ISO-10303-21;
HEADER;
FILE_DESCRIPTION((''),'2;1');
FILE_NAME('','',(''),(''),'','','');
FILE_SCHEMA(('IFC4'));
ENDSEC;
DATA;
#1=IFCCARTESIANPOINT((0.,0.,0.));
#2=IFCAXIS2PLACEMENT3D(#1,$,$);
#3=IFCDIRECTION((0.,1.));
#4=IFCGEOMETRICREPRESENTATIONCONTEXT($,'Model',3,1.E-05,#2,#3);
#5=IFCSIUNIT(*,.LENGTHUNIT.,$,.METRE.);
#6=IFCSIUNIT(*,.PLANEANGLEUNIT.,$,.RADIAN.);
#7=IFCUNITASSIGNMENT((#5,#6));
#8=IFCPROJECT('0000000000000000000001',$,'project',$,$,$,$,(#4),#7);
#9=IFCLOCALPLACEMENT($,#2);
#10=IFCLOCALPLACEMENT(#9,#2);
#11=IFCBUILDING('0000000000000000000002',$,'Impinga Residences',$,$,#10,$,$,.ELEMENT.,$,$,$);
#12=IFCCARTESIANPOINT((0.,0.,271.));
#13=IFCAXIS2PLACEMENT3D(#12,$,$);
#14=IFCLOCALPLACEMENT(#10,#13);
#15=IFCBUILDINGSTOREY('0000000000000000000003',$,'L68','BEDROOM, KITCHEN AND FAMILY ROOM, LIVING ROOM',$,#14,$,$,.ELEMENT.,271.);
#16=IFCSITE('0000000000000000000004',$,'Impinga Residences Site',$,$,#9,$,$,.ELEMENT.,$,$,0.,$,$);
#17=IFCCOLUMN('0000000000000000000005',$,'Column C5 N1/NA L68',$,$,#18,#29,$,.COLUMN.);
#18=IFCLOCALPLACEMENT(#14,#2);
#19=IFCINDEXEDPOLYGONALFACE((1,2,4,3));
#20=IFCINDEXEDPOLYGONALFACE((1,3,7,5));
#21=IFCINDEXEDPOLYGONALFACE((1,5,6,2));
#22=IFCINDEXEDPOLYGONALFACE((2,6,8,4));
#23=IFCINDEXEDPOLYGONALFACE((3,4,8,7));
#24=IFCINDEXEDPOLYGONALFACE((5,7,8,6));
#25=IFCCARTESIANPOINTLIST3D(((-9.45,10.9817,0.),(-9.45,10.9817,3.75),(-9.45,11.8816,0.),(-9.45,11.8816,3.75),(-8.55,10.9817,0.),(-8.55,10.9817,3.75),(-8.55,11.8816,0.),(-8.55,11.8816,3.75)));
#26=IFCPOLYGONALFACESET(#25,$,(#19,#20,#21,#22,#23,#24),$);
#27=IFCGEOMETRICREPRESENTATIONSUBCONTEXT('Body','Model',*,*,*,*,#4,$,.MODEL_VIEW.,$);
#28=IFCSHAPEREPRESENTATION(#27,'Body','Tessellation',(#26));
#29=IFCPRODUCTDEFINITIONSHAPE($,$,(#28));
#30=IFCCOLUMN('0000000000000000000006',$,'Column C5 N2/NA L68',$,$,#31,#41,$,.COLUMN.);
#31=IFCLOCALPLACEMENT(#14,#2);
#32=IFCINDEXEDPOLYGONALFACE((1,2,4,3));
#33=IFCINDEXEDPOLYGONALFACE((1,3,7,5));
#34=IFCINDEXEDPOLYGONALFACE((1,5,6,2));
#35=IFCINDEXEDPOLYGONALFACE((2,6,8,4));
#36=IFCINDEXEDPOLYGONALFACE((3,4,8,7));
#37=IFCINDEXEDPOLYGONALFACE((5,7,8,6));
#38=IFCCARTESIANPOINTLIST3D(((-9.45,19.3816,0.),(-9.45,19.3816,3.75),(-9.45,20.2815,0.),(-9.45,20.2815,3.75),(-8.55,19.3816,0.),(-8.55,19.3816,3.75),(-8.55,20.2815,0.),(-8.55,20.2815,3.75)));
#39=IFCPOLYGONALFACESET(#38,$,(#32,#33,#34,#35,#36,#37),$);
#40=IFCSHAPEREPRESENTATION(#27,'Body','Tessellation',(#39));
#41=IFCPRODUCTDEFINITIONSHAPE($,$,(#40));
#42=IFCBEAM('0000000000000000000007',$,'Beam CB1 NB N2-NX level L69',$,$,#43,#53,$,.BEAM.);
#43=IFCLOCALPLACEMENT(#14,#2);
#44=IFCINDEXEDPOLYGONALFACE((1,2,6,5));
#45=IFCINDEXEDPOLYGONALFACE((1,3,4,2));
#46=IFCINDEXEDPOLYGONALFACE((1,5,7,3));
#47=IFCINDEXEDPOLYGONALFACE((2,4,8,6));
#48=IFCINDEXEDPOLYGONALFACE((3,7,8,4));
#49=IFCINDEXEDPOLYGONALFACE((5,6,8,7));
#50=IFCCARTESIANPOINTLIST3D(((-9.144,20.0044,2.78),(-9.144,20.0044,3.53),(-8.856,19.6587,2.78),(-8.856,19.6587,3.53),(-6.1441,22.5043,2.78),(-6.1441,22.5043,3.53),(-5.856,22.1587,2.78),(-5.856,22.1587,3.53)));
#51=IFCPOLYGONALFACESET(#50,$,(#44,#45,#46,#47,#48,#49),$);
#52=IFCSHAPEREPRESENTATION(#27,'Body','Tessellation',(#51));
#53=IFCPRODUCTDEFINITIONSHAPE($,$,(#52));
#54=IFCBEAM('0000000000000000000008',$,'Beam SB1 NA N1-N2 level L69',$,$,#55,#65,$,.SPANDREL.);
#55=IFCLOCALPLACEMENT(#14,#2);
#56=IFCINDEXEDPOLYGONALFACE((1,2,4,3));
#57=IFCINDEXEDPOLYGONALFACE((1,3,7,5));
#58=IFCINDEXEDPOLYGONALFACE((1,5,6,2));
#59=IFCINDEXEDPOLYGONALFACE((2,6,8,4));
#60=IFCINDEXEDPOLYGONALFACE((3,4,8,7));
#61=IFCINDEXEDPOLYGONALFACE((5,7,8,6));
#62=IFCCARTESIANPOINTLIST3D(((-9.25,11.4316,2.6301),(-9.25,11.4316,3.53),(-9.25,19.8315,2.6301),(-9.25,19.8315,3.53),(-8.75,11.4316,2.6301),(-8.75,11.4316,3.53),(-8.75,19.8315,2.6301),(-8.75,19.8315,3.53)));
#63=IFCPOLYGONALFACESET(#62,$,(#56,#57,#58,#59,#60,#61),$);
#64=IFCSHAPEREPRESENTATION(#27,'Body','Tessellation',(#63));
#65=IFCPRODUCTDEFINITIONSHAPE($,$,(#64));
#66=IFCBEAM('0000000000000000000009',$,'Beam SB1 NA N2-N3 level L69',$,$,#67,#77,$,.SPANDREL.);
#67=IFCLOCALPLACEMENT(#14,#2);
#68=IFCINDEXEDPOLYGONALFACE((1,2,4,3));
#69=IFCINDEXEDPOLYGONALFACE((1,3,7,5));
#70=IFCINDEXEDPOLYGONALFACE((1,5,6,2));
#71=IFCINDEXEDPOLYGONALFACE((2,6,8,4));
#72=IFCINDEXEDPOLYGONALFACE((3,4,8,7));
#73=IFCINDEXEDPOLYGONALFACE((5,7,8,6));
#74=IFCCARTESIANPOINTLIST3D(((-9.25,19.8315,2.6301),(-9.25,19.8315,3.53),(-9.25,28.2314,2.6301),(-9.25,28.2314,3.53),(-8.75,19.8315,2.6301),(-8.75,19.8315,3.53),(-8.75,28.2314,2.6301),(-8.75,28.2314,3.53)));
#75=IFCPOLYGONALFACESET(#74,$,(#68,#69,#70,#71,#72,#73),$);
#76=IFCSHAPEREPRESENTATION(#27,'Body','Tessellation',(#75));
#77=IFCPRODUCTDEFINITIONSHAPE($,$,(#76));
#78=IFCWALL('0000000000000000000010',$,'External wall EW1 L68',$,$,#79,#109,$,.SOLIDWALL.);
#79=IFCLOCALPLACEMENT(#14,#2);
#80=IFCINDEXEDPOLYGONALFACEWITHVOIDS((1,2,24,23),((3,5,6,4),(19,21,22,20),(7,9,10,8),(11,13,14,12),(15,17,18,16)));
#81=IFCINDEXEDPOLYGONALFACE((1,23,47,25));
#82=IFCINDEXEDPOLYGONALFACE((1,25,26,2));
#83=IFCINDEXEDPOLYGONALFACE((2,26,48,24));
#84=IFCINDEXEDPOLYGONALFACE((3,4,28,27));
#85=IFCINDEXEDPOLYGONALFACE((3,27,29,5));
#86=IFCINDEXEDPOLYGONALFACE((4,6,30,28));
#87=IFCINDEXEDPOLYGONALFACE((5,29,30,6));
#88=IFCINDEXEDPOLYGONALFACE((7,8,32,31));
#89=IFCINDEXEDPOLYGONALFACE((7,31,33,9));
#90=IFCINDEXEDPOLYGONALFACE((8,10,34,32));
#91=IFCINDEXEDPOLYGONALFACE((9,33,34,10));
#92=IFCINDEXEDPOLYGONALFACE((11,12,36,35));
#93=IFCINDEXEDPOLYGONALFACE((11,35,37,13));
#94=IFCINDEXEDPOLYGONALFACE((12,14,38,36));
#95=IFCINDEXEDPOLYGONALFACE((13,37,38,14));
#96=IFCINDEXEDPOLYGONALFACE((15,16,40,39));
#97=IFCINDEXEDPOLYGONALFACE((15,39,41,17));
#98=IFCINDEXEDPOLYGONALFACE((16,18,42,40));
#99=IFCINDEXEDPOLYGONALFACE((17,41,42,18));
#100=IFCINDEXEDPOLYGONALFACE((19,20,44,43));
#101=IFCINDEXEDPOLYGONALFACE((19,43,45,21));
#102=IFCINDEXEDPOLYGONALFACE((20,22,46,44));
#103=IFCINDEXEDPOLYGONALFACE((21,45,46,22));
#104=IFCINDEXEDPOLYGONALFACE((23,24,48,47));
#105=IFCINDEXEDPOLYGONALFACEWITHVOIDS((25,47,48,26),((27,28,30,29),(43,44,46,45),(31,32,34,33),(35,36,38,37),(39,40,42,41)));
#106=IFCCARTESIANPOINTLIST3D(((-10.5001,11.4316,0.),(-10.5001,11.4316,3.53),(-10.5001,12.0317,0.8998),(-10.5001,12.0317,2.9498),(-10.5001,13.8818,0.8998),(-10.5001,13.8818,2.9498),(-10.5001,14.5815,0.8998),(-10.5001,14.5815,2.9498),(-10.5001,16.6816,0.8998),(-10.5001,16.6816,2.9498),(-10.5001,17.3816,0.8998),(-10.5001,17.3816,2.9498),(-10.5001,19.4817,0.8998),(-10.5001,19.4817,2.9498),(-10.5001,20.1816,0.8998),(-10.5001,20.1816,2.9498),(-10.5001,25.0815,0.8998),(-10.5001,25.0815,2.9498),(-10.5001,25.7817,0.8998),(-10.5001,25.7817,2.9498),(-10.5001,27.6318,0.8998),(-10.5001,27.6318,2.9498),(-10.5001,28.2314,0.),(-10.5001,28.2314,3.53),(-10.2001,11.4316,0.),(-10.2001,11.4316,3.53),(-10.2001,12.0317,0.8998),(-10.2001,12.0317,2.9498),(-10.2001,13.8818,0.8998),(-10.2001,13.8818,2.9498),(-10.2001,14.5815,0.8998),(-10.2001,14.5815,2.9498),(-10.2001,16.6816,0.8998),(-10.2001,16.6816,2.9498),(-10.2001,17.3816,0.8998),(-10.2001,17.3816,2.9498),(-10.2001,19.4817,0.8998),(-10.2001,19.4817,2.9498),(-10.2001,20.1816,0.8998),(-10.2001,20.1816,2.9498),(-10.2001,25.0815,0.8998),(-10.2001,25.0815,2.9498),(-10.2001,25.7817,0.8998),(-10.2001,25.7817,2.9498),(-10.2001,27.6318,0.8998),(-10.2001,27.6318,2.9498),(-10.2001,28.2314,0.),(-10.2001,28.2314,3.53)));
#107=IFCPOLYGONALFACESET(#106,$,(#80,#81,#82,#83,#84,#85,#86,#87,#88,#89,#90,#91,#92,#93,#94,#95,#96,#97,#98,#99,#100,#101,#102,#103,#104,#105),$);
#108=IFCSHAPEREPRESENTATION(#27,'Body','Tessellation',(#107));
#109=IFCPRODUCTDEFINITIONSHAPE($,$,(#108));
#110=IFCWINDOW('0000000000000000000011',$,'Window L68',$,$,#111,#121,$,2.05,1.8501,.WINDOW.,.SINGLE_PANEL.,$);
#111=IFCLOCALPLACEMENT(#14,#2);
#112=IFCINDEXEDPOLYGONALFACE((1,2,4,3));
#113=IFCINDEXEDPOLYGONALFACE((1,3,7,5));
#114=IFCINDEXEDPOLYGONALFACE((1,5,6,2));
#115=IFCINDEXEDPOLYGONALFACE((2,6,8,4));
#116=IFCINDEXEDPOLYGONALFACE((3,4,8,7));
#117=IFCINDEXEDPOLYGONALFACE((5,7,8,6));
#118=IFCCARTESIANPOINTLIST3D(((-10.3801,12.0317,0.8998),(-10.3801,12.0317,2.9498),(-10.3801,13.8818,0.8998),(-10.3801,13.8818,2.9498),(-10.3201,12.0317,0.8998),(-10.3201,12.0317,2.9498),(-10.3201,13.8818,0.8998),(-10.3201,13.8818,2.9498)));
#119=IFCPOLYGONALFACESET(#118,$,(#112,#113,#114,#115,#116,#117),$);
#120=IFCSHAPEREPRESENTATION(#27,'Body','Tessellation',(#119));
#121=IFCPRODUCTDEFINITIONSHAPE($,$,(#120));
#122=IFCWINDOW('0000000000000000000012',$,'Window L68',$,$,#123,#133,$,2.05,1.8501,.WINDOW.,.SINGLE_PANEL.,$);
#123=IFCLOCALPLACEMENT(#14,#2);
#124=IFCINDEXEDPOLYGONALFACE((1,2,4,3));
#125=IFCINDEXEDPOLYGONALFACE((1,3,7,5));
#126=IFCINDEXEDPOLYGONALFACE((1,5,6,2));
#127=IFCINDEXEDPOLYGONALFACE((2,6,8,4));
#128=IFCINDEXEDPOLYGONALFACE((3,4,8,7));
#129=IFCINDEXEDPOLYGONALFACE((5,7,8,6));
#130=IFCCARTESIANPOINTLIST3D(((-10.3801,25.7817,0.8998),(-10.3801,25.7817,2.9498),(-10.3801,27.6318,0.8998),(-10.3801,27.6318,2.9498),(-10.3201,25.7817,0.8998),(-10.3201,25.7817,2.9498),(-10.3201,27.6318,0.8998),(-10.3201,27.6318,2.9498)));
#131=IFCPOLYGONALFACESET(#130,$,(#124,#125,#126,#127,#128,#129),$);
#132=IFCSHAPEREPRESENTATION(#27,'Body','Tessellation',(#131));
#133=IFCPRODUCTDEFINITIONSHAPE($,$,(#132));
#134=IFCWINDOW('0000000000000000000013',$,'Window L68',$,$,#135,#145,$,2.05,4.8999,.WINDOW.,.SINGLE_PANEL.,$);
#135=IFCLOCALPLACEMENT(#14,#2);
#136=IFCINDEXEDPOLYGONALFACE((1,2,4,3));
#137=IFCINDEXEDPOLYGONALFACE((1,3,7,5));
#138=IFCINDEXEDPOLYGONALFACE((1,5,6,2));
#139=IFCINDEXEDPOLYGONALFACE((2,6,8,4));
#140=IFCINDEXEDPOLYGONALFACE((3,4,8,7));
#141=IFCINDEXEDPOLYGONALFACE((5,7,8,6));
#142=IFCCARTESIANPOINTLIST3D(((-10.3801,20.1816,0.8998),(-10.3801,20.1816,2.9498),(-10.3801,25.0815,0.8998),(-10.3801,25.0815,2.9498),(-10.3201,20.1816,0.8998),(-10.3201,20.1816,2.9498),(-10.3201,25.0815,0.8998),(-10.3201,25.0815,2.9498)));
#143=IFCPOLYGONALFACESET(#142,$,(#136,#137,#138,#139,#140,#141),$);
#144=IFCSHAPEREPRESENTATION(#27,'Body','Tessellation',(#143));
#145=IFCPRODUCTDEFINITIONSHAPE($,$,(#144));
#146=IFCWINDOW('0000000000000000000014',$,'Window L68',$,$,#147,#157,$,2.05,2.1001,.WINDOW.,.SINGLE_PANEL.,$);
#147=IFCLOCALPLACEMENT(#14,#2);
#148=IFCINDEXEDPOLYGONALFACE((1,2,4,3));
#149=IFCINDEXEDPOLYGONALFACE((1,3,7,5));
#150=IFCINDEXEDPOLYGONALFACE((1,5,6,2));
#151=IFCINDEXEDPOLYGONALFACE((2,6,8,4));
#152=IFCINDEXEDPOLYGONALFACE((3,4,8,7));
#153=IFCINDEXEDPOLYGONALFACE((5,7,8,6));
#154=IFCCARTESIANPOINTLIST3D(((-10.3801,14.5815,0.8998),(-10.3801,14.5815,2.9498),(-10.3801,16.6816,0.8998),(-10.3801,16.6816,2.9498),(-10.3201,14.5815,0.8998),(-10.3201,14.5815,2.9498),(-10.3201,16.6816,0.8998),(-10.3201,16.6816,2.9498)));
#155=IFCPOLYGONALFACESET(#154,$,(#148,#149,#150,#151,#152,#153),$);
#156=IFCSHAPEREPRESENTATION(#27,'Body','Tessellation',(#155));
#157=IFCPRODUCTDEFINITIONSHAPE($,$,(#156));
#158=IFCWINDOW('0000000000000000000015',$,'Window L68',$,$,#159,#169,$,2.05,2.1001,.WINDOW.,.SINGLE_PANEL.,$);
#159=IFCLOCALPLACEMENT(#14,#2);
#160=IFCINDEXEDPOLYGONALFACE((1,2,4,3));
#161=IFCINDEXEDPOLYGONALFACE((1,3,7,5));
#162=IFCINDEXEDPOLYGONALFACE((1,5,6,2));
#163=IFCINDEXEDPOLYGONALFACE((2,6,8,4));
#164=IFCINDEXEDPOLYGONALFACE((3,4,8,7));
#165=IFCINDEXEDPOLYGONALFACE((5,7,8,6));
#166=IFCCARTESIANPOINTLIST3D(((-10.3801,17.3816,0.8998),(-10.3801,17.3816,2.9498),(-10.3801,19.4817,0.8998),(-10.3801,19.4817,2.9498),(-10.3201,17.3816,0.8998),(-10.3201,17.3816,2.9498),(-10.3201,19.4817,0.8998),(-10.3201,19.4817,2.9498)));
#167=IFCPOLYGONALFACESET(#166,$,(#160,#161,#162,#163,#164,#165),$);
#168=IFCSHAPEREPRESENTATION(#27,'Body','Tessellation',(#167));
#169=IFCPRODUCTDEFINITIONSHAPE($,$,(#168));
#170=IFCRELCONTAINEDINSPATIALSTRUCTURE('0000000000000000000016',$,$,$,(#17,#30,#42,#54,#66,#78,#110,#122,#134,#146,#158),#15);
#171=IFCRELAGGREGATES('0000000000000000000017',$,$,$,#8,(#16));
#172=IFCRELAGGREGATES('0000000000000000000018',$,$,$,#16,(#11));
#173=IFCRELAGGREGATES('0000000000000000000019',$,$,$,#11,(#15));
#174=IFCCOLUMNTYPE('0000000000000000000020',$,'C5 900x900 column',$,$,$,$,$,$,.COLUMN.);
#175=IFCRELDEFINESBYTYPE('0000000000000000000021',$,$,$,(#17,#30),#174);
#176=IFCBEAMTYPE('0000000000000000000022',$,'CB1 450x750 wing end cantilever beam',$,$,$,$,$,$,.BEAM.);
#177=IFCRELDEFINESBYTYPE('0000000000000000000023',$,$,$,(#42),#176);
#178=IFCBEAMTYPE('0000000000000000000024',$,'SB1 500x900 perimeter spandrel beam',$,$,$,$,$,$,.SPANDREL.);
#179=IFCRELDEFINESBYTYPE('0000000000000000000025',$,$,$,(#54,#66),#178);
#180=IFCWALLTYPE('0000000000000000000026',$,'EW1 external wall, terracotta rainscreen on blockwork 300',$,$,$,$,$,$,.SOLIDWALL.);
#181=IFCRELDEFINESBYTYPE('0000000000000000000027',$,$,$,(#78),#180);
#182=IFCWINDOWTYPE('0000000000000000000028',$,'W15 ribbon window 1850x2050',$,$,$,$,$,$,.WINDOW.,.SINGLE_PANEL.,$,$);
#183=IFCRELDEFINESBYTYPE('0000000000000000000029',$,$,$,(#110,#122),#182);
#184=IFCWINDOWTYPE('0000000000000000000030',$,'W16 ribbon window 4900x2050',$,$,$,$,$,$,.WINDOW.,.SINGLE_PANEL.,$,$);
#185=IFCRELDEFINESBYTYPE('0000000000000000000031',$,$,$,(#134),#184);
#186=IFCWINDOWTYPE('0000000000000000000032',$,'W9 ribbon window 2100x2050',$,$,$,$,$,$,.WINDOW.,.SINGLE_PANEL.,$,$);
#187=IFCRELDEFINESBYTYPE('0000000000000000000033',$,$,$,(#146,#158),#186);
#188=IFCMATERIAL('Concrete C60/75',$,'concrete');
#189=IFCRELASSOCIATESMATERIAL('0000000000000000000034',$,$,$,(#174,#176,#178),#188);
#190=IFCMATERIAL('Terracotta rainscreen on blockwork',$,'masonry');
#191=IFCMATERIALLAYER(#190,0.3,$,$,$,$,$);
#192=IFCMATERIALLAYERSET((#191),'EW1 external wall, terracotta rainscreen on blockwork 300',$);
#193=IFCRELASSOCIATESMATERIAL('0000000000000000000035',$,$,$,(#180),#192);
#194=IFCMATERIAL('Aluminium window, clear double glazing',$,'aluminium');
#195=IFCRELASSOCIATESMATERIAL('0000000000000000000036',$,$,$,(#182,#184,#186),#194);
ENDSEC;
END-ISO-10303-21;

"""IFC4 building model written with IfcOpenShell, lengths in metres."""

from ifc_helpers import new_model, si_unit, direction, frame, frame_2d, origin, origin_2d, place, context, subcontext, project, spatial, rectangle, extrude, material, layer, layer_set, material_profile, profile_set, type_object, element, fill, save


model = new_model("IFC4")

# Units and contexts
model_context = context("Model", 3, precision=1e-05, world=origin(), true_north=direction((0.0, 1.0)))
body_context = subcontext(model_context, "Body", "Model", "MODEL_VIEW")
ifc_project = project(units=[si_unit("LENGTHUNIT", "METRE"), si_unit("PLANEANGLEUNIT", "RADIAN")], contexts=[model_context])

# Site, building, storey
site_placement = place(None, origin())
site = spatial("IfcSite", under=ifc_project, at=site_placement, Name="Impinga Residences Site", CompositionType="ELEMENT", RefElevation=0.0)
building_placement = place(site_placement, origin())
building = spatial("IfcBuilding", under=site, at=building_placement, Name="Impinga Residences", CompositionType="ELEMENT")
storey_placement = place(building_placement, frame((0.0, 0.0, 271.0)))
storey = spatial("IfcBuildingStorey", under=building, at=storey_placement, Name="L68", Description="BEDROOM, KITCHEN AND FAMILY ROOM, LIVING ROOM", CompositionType="ELEMENT", Elevation=271.0)

# Columns
ifc_material_1 = material(Name="Concrete C60/75", Category="concrete")
ifc_material_profile_1 = material_profile(ifc_material_1, rectangle(XDim=0.8999, YDim=0.8999, at=origin_2d()), Name="RC 900x900")
ifc_profile_set_1 = profile_set([ifc_material_profile_1], Name="Concrete C60/75")
column_type = type_object("IfcColumnType", Name="C5 900x900 column", PredefinedType="COLUMN", material=ifc_profile_set_1)
for number, where, z_axis, x_axis, name in (
    (1, (-9.0, 11.4316, 0.0), (0.0, 0.0, 1.0), (1.0, 0.0, 0.0), "Column C5 N1/NA L68"),
    (2, (-9.0, 19.8315, 0.0), (0.0, 0.0, 1.0), (1.0, 0.0, 0.0), "Column C5 N2/NA L68"),
):
    element("IfcColumn", number, at=place(storey_placement, frame(where, z_axis=z_axis, x_axis=x_axis)), inside=storey, type_object=column_type, Name=name, PredefinedType="COLUMN", context=body_context, shape_type="SweptSolid", body=[
        extrude(rectangle(XDim=0.8999, YDim=0.8999, at=origin_2d()), origin(), (0.0, 0.0, 1.0), 3.75),
    ])

# Beams
ifc_material_profile_2 = material_profile(ifc_material_1, rectangle(XDim=0.45, YDim=0.75, at=origin_2d()), Name="RC 450x750")
ifc_profile_set_2 = profile_set([ifc_material_profile_2], Name="Concrete C60/75")
beam_type_1 = type_object("IfcBeamType", Name="CB1 450x750 wing end cantilever beam", PredefinedType="BEAM", material=ifc_profile_set_2)
beam_placement = place(storey_placement, frame((-9.0, 19.8315, 3.155), z_axis=(0.768221, 0.640184, 0.0), x_axis=(-0.640184, 0.768221, 0.0)))
element("IfcBeam", 3, at=beam_placement, inside=storey, type_object=beam_type_1, Name="Beam CB1 NB N2-NX level L69", PredefinedType="BEAM", context=body_context, shape_type="SweptSolid", body=[
    extrude(rectangle(XDim=0.45, YDim=0.75, at=origin_2d()), origin(), (0.0, 0.0, 1.0), 3.905),
])
ifc_material_profile_3 = material_profile(ifc_material_1, rectangle(XDim=0.5, YDim=0.8999, at=origin_2d()), Name="RC 500x900")
ifc_profile_set_3 = profile_set([ifc_material_profile_3], Name="Concrete C60/75")
beam_type_2 = type_object("IfcBeamType", Name="SB1 500x900 perimeter spandrel beam", PredefinedType="SPANDREL", material=ifc_profile_set_3)
for number, where, z_axis, x_axis, name in (
    (4, (-9.0, 11.4316, 3.0801), (0.0, 1.0, 0.0), (-1.0, 0.0, 0.0), "Beam SB1 NA N1-N2 level L69"),
    (5, (-9.0, 19.8315, 3.0801), (0.0, 1.0, 0.0), (-1.0, 0.0, 0.0), "Beam SB1 NA N2-N3 level L69"),
):
    element("IfcBeam", number, at=place(storey_placement, frame(where, z_axis=z_axis, x_axis=x_axis)), inside=storey, type_object=beam_type_2, Name=name, PredefinedType="SPANDREL", context=body_context, shape_type="SweptSolid", body=[
        extrude(rectangle(XDim=0.5, YDim=0.8999, at=origin_2d()), origin(), (0.0, 0.0, 1.0), 8.3999),
    ])

# Wall, openings, windows
ifc_material_2 = material(Name="Terracotta rainscreen on blockwork", Category="masonry")
ifc_layer_1 = layer(ifc_material_2, 0.3)
ifc_layer_set_1 = layer_set([ifc_layer_1], Name="EW1 external wall, terracotta rainscreen on blockwork 300")
wall_type_1 = type_object("IfcWallType", Name="EW1 external wall, terracotta rainscreen on blockwork 300", PredefinedType="SOLIDWALL", material=ifc_layer_set_1)
wall_1_placement = place(storey_placement, frame((-10.3501, 11.4316, 0.0), z_axis=(0.0, 0.0, 1.0), x_axis=(0.0, 1.0, 0.0)))
wall_1 = element("IfcWall", 6, at=wall_1_placement, inside=storey, type_object=wall_type_1, Name="External wall EW1 L68", PredefinedType="SOLIDWALL", context=body_context, shape_type="SweptSolid", body=[
    extrude(rectangle(XDim=16.7998, YDim=0.3, at=frame_2d((8.3999, 0.0))), origin(), (0.0, 0.0, 1.0), 3.53),
])
opening_1_placement = place(wall_1_placement, frame((0.6001, 0.0, 0.8999)))
opening_1 = element("IfcOpeningElement", 7, at=opening_1_placement, cuts=wall_1, PredefinedType="OPENING", context=body_context, shape_type="SweptSolid", body=[
    extrude(rectangle(XDim=1.8501, YDim=2.05, at=frame_2d((0.925, 1.0249))), frame((0.0, 0.1599, 0.0), z_axis=(0.0, -1.0, 0.0), x_axis=(1.0, 0.0, 0.0)), (0.0, 0.0, 1.0), 0.3201),
])
opening_2_placement = place(wall_1_placement, frame((3.1499, 0.0, 0.8999)))
opening_2 = element("IfcOpeningElement", 8, at=opening_2_placement, cuts=wall_1, PredefinedType="OPENING", context=body_context, shape_type="SweptSolid", body=[
    extrude(rectangle(XDim=2.1001, YDim=2.05, at=frame_2d((1.05, 1.0249))), frame((0.0, 0.1599, 0.0), z_axis=(0.0, -1.0, 0.0), x_axis=(1.0, 0.0, 0.0)), (0.0, 0.0, 1.0), 0.3201),
])
opening_3_placement = place(wall_1_placement, frame((5.95, 0.0, 0.8999)))
opening_3 = element("IfcOpeningElement", 9, at=opening_3_placement, cuts=wall_1, PredefinedType="OPENING", context=body_context, shape_type="SweptSolid", body=[
    extrude(rectangle(XDim=2.1001, YDim=2.05, at=frame_2d((1.05, 1.0249))), frame((0.0, 0.1599, 0.0), z_axis=(0.0, -1.0, 0.0), x_axis=(1.0, 0.0, 0.0)), (0.0, 0.0, 1.0), 0.3201),
])
opening_4_placement = place(wall_1_placement, frame((8.75, 0.0, 0.8999)))
opening_4 = element("IfcOpeningElement", 10, at=opening_4_placement, cuts=wall_1, PredefinedType="OPENING", context=body_context, shape_type="SweptSolid", body=[
    extrude(rectangle(XDim=4.8999, YDim=2.05, at=frame_2d((2.45, 1.0249))), frame((0.0, 0.1599, 0.0), z_axis=(0.0, -1.0, 0.0), x_axis=(1.0, 0.0, 0.0)), (0.0, 0.0, 1.0), 0.3201),
])
opening_5_placement = place(wall_1_placement, frame((14.3501, 0.0, 0.8999)))
opening_5 = element("IfcOpeningElement", 11, at=opening_5_placement, cuts=wall_1, PredefinedType="OPENING", context=body_context, shape_type="SweptSolid", body=[
    extrude(rectangle(XDim=1.8501, YDim=2.05, at=frame_2d((0.925, 1.0249))), frame((0.0, 0.1599, 0.0), z_axis=(0.0, -1.0, 0.0), x_axis=(1.0, 0.0, 0.0)), (0.0, 0.0, 1.0), 0.3201),
])
ifc_material_3 = material(Name="Aluminium window, clear double glazing", Category="aluminium")
window_type_1 = type_object("IfcWindowType", Name="W15 ribbon window 1850x2050", PartitioningType="SINGLE_PANEL", PredefinedType="WINDOW", material=ifc_material_3)
window_1_placement = place(opening_1_placement, origin())
window_1 = element("IfcWindow", 12, at=window_1_placement, inside=storey, type_object=window_type_1, Name="Window L68", OverallHeight=2.05, OverallWidth=1.8501, PartitioningType="SINGLE_PANEL", PredefinedType="WINDOW", context=body_context, shape_type="SweptSolid", body=[
    extrude(rectangle(XDim=1.8501, YDim=2.05, at=frame_2d((0.925, 1.0249))), frame((0.0, 0.03, 0.0), z_axis=(0.0, -1.0, 0.0), x_axis=(1.0, 0.0, 0.0)), (0.0, 0.0, 1.0), 0.0601),
])
fill(opening_1, window_1)
window_2_placement = place(opening_5_placement, origin())
window_2 = element("IfcWindow", 13, at=window_2_placement, inside=storey, type_object=window_type_1, Name="Window L68", OverallHeight=2.05, OverallWidth=1.8501, PartitioningType="SINGLE_PANEL", PredefinedType="WINDOW", context=body_context, shape_type="SweptSolid", body=[
    extrude(rectangle(XDim=1.8501, YDim=2.05, at=frame_2d((0.925, 1.0249))), frame((0.0, 0.03, 0.0), z_axis=(0.0, -1.0, 0.0), x_axis=(1.0, 0.0, 0.0)), (0.0, 0.0, 1.0), 0.0601),
])
fill(opening_5, window_2)
window_type_2 = type_object("IfcWindowType", Name="W16 ribbon window 4900x2050", PartitioningType="SINGLE_PANEL", PredefinedType="WINDOW", material=ifc_material_3)
window_3_placement = place(opening_4_placement, origin())
window_3 = element("IfcWindow", 14, at=window_3_placement, inside=storey, type_object=window_type_2, Name="Window L68", OverallHeight=2.05, OverallWidth=4.8999, PartitioningType="SINGLE_PANEL", PredefinedType="WINDOW", context=body_context, shape_type="SweptSolid", body=[
    extrude(rectangle(XDim=4.8999, YDim=2.05, at=frame_2d((2.45, 1.0249))), frame((0.0, 0.03, 0.0), z_axis=(0.0, -1.0, 0.0), x_axis=(1.0, 0.0, 0.0)), (0.0, 0.0, 1.0), 0.0601),
])
fill(opening_4, window_3)
window_type_3 = type_object("IfcWindowType", Name="W9 ribbon window 2100x2050", PartitioningType="SINGLE_PANEL", PredefinedType="WINDOW", material=ifc_material_3)
window_4_placement = place(opening_2_placement, origin())
window_4 = element("IfcWindow", 15, at=window_4_placement, inside=storey, type_object=window_type_3, Name="Window L68", OverallHeight=2.05, OverallWidth=2.1001, PartitioningType="SINGLE_PANEL", PredefinedType="WINDOW", context=body_context, shape_type="SweptSolid", body=[
    extrude(rectangle(XDim=2.1001, YDim=2.05, at=frame_2d((1.05, 1.0249))), frame((0.0, 0.03, 0.0), z_axis=(0.0, -1.0, 0.0), x_axis=(1.0, 0.0, 0.0)), (0.0, 0.0, 1.0), 0.0601),
])
fill(opening_2, window_4)
window_5_placement = place(opening_3_placement, origin())
window_5 = element("IfcWindow", 16, at=window_5_placement, inside=storey, type_object=window_type_3, Name="Window L68", OverallHeight=2.05, OverallWidth=2.1001, PartitioningType="SINGLE_PANEL", PredefinedType="WINDOW", context=body_context, shape_type="SweptSolid", body=[
    extrude(rectangle(XDim=2.1001, YDim=2.05, at=frame_2d((1.05, 1.0249))), frame((0.0, 0.03, 0.0), z_axis=(0.0, -1.0, 0.0), x_axis=(1.0, 0.0, 0.0)), (0.0, 0.0, 1.0), 0.0601),
])
fill(opening_3, window_5)

save(model, "model.ifc")
